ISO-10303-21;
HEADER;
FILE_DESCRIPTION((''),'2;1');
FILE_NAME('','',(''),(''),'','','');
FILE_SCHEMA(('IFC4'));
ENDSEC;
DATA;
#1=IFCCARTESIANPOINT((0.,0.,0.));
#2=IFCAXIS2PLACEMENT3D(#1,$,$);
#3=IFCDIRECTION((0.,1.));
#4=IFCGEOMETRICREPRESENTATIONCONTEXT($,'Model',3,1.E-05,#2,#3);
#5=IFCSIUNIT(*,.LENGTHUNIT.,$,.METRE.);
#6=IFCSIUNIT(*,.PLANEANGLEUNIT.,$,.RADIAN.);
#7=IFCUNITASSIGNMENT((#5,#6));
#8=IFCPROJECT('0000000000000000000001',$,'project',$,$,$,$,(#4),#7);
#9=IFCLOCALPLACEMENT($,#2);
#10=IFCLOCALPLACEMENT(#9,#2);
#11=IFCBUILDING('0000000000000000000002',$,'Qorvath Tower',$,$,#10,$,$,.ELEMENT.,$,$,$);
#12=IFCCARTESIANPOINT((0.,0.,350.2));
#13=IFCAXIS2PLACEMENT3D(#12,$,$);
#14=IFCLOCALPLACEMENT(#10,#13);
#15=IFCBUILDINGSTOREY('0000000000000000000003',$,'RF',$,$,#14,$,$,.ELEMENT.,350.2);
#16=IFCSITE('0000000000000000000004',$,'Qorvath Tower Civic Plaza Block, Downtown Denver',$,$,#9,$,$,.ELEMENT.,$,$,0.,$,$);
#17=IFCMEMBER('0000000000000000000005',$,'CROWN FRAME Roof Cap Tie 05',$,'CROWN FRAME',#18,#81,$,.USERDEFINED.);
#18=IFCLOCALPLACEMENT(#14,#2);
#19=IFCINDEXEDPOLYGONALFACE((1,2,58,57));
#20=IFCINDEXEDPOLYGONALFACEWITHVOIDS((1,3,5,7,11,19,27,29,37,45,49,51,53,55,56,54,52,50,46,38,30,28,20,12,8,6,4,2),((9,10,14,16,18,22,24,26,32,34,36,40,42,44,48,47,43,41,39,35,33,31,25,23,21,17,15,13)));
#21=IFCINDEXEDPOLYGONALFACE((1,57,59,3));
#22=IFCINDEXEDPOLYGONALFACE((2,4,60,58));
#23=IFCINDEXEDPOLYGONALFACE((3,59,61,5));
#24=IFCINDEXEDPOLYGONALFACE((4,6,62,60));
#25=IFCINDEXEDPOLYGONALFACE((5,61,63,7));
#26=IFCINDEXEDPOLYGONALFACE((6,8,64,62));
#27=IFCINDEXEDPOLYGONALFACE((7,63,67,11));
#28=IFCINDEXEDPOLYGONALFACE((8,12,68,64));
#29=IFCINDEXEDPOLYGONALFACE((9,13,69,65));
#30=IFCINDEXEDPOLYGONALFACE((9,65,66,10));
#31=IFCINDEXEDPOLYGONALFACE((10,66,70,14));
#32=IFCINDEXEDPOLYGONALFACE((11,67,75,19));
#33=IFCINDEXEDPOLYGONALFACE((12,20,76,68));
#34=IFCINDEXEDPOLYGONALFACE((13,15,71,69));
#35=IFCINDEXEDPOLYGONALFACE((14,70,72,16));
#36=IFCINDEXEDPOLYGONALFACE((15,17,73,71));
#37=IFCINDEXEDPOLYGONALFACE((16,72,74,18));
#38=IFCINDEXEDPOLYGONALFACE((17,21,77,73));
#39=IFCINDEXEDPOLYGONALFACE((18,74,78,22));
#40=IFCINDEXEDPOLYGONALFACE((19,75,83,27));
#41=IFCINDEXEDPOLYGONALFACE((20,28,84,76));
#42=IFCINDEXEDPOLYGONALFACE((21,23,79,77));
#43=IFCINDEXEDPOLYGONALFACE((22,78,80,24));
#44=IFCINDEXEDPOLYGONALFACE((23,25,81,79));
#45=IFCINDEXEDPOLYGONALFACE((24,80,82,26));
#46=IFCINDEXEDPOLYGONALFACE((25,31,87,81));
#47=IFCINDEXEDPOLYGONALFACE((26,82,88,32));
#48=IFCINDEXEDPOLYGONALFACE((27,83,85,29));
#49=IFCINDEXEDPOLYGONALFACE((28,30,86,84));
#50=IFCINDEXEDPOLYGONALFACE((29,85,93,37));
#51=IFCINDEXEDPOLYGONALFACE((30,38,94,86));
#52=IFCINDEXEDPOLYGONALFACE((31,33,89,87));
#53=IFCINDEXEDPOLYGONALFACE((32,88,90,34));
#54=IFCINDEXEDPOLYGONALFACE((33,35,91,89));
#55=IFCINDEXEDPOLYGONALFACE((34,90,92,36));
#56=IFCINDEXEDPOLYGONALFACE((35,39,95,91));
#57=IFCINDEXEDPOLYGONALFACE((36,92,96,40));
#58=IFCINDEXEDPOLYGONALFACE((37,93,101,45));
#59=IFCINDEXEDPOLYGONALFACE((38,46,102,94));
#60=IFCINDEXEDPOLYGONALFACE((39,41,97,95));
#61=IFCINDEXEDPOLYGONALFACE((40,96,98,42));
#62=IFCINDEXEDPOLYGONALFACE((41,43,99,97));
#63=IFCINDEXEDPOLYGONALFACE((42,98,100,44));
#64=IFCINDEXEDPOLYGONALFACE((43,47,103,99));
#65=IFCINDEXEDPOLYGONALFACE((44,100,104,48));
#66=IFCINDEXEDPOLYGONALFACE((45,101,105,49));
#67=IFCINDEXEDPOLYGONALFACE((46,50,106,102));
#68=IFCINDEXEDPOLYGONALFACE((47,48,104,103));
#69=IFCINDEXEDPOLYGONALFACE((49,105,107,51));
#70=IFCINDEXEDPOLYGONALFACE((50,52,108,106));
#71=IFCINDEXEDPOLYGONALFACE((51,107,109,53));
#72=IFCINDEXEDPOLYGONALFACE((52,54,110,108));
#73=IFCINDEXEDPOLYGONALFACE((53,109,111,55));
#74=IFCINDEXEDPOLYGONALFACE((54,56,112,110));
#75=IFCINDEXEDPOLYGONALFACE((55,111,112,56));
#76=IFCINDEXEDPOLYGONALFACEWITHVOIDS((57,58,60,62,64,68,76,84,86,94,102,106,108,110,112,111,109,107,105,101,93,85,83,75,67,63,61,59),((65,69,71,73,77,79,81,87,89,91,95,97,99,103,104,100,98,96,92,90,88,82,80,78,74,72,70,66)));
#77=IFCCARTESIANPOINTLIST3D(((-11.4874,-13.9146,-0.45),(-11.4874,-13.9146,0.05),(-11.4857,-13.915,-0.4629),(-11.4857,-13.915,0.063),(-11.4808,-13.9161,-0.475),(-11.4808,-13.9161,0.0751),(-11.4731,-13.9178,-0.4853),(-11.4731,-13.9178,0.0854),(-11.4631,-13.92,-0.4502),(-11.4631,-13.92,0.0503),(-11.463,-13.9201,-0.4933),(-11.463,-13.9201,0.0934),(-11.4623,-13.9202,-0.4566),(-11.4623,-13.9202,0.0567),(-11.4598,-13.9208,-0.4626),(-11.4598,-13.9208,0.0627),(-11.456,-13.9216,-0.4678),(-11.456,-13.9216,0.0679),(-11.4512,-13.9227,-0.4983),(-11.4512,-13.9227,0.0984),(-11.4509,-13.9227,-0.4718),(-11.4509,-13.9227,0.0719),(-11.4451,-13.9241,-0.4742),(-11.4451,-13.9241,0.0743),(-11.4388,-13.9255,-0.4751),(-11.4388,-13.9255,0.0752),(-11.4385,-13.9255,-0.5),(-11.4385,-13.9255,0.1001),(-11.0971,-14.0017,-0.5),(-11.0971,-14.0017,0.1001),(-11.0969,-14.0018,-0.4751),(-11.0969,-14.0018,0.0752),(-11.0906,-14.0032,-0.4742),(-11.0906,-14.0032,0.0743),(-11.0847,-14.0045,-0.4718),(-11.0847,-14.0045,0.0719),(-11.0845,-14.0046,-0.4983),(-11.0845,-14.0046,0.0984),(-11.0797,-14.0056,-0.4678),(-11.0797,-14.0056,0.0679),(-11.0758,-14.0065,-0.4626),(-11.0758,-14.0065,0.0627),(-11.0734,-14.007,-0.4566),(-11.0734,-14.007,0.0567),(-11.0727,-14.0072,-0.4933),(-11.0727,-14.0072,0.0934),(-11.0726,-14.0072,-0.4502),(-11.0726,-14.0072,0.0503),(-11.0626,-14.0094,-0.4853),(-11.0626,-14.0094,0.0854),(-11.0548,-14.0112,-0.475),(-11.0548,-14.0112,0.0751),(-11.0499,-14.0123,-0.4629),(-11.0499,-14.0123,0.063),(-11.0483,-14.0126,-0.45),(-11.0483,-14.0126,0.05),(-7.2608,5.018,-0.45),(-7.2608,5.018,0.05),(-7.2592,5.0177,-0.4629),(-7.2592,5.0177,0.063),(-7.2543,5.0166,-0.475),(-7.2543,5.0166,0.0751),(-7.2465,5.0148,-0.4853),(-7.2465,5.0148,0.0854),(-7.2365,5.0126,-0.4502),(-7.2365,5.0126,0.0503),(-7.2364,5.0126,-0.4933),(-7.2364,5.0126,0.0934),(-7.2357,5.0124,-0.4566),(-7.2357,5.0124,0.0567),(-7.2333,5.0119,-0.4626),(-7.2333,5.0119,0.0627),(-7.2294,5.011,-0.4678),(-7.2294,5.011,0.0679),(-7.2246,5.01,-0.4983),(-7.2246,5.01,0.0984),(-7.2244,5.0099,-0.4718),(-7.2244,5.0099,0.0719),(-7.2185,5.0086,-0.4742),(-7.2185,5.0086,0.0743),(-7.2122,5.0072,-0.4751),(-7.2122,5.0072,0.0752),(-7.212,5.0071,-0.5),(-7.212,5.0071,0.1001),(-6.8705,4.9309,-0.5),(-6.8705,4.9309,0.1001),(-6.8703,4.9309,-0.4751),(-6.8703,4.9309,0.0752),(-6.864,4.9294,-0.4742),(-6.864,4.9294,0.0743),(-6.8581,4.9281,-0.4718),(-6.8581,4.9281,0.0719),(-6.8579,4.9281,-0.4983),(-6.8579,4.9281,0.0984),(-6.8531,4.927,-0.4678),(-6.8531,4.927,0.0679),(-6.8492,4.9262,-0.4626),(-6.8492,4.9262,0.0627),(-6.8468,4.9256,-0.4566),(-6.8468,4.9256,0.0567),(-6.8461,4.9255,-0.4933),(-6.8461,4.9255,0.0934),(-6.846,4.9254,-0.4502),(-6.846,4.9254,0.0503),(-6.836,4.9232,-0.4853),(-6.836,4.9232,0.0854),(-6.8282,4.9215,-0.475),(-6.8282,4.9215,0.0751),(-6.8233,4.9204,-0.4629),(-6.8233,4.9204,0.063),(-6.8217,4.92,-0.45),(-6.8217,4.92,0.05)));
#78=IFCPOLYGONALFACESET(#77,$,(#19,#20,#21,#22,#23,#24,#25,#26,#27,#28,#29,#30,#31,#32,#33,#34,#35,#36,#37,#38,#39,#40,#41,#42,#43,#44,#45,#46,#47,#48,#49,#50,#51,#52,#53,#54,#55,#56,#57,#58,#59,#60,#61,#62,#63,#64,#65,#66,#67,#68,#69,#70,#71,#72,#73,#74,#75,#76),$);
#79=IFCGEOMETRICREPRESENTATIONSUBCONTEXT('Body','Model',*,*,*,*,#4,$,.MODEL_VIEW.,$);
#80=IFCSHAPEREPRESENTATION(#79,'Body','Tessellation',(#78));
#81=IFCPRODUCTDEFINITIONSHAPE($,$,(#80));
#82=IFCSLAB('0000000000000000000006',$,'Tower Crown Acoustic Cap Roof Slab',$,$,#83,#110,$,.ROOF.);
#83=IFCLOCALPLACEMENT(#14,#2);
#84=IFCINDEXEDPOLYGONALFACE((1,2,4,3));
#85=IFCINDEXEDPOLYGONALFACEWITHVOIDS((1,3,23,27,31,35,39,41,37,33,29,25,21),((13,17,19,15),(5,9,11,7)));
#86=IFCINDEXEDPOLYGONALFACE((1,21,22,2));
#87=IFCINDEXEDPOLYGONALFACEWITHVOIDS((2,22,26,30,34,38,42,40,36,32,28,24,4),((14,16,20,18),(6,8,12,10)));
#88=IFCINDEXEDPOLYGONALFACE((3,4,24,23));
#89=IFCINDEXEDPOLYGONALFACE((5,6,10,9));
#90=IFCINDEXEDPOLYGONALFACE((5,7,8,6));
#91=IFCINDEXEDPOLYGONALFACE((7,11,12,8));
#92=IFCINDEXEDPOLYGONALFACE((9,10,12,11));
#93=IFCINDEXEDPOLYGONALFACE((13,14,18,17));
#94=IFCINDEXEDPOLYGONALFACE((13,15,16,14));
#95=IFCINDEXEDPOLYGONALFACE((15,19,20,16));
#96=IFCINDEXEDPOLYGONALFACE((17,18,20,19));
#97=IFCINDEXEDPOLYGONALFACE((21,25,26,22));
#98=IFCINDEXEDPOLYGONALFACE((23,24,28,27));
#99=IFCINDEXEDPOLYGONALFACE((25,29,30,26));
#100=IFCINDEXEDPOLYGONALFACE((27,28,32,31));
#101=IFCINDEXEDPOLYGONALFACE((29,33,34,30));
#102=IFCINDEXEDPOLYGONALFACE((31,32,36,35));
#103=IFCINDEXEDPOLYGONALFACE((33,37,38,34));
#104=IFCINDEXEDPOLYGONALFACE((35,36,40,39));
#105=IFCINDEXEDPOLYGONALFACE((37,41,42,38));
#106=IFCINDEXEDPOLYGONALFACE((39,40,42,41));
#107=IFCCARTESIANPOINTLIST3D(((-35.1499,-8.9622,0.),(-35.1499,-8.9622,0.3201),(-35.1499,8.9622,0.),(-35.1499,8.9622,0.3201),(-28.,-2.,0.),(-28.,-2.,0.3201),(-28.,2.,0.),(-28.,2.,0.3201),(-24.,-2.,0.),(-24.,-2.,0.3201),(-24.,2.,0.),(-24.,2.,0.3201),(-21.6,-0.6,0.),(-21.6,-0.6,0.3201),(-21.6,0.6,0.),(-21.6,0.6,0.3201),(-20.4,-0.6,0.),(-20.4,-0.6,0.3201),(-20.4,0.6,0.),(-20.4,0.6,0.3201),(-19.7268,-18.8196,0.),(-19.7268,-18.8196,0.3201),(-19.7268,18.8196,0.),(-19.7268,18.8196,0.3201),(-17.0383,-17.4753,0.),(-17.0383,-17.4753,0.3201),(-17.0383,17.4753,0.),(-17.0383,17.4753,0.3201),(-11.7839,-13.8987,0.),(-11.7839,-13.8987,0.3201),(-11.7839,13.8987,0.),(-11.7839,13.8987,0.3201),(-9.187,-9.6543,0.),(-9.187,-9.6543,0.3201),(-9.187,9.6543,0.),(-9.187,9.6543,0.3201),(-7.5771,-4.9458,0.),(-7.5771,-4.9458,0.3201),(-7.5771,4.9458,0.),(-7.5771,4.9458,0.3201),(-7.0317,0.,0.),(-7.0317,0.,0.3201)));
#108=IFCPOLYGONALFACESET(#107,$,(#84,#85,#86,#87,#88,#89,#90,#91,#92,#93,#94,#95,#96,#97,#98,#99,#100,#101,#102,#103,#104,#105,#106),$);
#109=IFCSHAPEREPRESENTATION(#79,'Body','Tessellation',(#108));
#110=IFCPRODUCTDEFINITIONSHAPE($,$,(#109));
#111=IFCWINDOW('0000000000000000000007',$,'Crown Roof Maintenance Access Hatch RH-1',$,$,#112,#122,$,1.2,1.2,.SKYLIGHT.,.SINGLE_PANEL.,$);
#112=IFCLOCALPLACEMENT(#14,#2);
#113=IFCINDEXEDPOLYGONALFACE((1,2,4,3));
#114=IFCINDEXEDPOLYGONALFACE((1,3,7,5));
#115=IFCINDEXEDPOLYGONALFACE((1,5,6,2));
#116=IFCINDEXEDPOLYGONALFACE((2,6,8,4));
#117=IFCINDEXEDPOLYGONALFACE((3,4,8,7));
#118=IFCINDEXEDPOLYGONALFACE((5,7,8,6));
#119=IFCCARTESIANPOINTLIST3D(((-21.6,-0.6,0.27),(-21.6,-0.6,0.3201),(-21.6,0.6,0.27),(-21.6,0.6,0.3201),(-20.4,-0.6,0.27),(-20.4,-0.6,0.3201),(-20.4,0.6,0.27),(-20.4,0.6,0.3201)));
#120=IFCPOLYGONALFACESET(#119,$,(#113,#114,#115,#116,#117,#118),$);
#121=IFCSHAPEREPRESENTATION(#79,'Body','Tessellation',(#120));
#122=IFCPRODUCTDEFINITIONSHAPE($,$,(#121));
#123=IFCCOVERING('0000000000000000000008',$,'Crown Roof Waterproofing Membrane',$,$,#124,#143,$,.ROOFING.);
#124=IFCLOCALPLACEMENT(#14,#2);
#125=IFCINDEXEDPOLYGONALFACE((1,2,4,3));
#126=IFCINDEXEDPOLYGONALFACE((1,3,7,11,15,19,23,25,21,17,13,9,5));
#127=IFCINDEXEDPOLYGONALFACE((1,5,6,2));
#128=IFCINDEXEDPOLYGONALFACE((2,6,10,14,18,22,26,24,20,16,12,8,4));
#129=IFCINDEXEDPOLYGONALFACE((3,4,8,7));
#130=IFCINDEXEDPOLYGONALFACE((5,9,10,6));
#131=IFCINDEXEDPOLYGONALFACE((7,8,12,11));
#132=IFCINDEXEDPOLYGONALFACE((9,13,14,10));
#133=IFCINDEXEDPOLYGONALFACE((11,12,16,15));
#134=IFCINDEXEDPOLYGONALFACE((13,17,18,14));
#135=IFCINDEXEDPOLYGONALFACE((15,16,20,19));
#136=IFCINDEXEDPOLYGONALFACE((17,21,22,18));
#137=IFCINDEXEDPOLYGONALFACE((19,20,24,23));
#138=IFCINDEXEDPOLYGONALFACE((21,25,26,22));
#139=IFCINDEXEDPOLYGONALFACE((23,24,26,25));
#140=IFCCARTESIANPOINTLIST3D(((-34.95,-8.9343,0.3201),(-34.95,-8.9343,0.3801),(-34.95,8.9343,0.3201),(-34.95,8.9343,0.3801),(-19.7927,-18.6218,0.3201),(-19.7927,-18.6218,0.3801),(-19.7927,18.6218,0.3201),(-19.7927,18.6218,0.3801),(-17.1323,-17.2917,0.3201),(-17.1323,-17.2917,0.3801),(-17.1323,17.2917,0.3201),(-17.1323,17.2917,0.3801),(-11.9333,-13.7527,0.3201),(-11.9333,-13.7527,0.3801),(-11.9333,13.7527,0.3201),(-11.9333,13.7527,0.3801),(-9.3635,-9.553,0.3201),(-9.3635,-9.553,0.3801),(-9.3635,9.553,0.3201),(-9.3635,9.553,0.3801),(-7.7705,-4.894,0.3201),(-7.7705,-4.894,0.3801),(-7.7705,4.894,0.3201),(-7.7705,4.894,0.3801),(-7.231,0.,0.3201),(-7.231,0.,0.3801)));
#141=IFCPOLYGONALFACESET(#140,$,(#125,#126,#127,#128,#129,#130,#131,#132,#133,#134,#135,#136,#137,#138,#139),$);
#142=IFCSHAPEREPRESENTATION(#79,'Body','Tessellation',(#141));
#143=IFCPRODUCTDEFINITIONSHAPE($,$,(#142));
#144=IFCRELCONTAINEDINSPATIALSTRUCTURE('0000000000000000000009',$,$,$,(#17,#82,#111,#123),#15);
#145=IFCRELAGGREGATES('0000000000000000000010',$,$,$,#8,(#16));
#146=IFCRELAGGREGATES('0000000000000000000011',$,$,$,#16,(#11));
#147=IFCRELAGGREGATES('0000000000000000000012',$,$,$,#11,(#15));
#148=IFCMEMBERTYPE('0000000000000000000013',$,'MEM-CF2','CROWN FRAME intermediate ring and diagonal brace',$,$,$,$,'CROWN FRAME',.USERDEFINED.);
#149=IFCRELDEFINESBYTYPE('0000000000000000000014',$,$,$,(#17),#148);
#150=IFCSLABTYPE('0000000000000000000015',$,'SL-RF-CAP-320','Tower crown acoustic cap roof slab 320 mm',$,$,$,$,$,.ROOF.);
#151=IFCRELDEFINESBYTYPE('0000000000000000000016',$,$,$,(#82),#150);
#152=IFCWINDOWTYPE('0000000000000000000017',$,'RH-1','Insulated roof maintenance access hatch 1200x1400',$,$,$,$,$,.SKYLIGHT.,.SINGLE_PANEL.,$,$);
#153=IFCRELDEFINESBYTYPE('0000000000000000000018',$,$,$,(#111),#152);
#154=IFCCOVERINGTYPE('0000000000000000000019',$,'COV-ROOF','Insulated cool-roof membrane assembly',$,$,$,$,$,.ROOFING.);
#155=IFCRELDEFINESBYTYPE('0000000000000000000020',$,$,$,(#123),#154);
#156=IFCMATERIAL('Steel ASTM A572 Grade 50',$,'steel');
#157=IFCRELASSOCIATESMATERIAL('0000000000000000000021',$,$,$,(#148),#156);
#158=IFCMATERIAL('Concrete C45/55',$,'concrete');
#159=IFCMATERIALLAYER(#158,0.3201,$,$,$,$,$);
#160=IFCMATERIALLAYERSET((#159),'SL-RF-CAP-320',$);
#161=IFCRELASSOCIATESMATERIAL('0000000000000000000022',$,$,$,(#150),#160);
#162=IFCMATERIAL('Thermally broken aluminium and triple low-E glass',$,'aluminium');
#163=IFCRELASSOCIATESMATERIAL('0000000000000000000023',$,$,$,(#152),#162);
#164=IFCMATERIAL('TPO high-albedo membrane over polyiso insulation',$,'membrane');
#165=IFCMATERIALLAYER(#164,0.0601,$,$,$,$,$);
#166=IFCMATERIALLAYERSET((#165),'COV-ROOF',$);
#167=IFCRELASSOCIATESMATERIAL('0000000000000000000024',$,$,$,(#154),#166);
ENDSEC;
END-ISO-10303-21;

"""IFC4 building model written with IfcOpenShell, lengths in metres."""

from ifc_helpers import new_model, si_unit, direction, frame, origin, origin_2d, place, context, subcontext, project, spatial, polyline, rectangle, hollow_rectangle, outline, extrude, material, layer, layer_set, material_profile, profile_set, type_object, element, fill, save


model = new_model("IFC4")

# Units and contexts
model_context = context("Model", 3, precision=1e-05, world=origin(), true_north=direction((0.0, 1.0)))
body_context = subcontext(model_context, "Body", "Model", "MODEL_VIEW")
ifc_project = project(units=[si_unit("LENGTHUNIT", "METRE"), si_unit("PLANEANGLEUNIT", "RADIAN")], contexts=[model_context])

# Site, building, storey
site_placement = place(None, origin())
site = spatial("IfcSite", under=ifc_project, at=site_placement, Name="Qorvath Tower Civic Plaza Block, Downtown Denver", CompositionType="ELEMENT", RefElevation=0.0)
building_placement = place(site_placement, origin())
building = spatial("IfcBuilding", under=site, at=building_placement, Name="Qorvath Tower", CompositionType="ELEMENT")
storey_placement = place(building_placement, frame((0.0, 0.0, 350.2)))
storey = spatial("IfcBuildingStorey", under=building, at=storey_placement, Name="RF", CompositionType="ELEMENT", Elevation=350.2)

# Member
ifc_material_1 = material(Name="Steel ASTM A572 Grade 50", Category="steel")
ifc_material_profile_1 = material_profile(ifc_material_1, hollow_rectangle(XDim=0.45, YDim=0.6001, WallThickness=0.0249, InnerFilletRadius=0.0249, OuterFilletRadius=0.05, at=origin_2d()), Name="CROWN BOX 600x450x25")
ifc_profile_set_1 = profile_set([ifc_material_profile_1], Name="Steel ASTM A572 Grade 50")
member_type_1 = type_object("IfcMemberType", Name="MEM-CF2", Description="CROWN FRAME intermediate ring and diagonal brace", ElementType="CROWN FRAME", PredefinedType="USERDEFINED", material=ifc_profile_set_1)
member_1_placement = place(storey_placement, frame((-11.2678, -13.9636, -0.2), z_axis=(0.217879, 0.975976, 0.0), x_axis=(-0.975976, 0.217879, 0.0)))
element("IfcMember", 1, at=member_1_placement, inside=storey, type_object=member_type_1, Name="CROWN FRAME Roof Cap Tie 05", ObjectType="CROWN FRAME", PredefinedType="USERDEFINED", context=body_context, shape_type="SweptSolid", body=[
    extrude(hollow_rectangle(XDim=0.45, YDim=0.6001, WallThickness=0.0249, InnerFilletRadius=0.0249, OuterFilletRadius=0.05, at=origin_2d()), origin(), (0.0, 0.0, 1.0), 19.3987),
])

# Slab, opening, window
ifc_material_2 = material(Name="Concrete C45/55", Category="concrete")
ifc_layer_1 = layer(ifc_material_2, 0.3201)
ifc_layer_set_1 = layer_set([ifc_layer_1], Name="SL-RF-CAP-320")
slab_type = type_object("IfcSlabType", Name="SL-RF-CAP-320", Description="Tower crown acoustic cap roof slab 320 mm", PredefinedType="ROOF", material=ifc_layer_set_1)
slab_placement = place(storey_placement, origin())
slab = element("IfcSlab", 2, at=slab_placement, inside=storey, type_object=slab_type, Name="Tower Crown Acoustic Cap Roof Slab", PredefinedType="ROOF", context=body_context, shape_type="SweptSolid", body=[
    extrude(outline(polyline([(-35.1499, 8.9622), (-35.1499, -8.9622), (-19.7268, -18.8196), (-17.0383, -17.4753), (-11.7839, -13.8987), (-9.187, -9.6543), (-7.5771, -4.9458), (-7.0317, 0.0), (-7.5771, 4.9458), (-9.187, 9.6543), (-11.7839, 13.8987), (-17.0383, 17.4753), (-19.7268, 18.8196), (-35.1499, 8.9622)]), holes=[polyline([(-28.0, 2.0), (-24.0, 2.0), (-24.0, -2.0), (-28.0, -2.0), (-28.0, 2.0)])]), origin(), (0.0, 0.0, 1.0), 0.3201),
])
opening_placement = place(slab_placement, frame((-21.0, 0.0, 0.0)))
opening = element("IfcOpeningElement", 3, at=opening_placement, cuts=slab, PredefinedType="OPENING", context=body_context, shape_type="SweptSolid", body=[
    extrude(rectangle(XDim=1.2, YDim=1.2, at=origin_2d()), origin(), (0.0, 0.0, 1.0), 0.3201),
])
ifc_material_3 = material(Name="Thermally broken aluminium and triple low-E glass", Category="aluminium")
window_type = type_object("IfcWindowType", Name="RH-1", Description="Insulated roof maintenance access hatch 1200x1400", PartitioningType="SINGLE_PANEL", PredefinedType="SKYLIGHT", material=ifc_material_3)
window_placement = place(opening_placement, frame((0.0, 0.0, 0.27)))
window = element("IfcWindow", 4, at=window_placement, inside=storey, type_object=window_type, Name="Crown Roof Maintenance Access Hatch RH-1", OverallHeight=1.2, OverallWidth=1.2, PartitioningType="SINGLE_PANEL", PredefinedType="SKYLIGHT", context=body_context, shape_type="SweptSolid", body=[
    extrude(rectangle(XDim=1.2, YDim=1.2, at=origin_2d()), origin(), (0.0, 0.0, 1.0), 0.05),
])
fill(opening, window)

# Covering
ifc_material_4 = material(Name="TPO high-albedo membrane over polyiso insulation", Category="membrane")
ifc_layer_2 = layer(ifc_material_4, 0.0601)
ifc_layer_set_2 = layer_set([ifc_layer_2], Name="COV-ROOF")
covering_type = type_object("IfcCoveringType", Name="COV-ROOF", Description="Insulated cool-roof membrane assembly", PredefinedType="ROOFING", material=ifc_layer_set_2)
covering_placement = place(storey_placement, frame((0.0, 0.0, 0.3201)))
element("IfcCovering", 5, at=covering_placement, inside=storey, type_object=covering_type, Name="Crown Roof Waterproofing Membrane", PredefinedType="ROOFING", context=body_context, shape_type="SweptSolid", body=[
    extrude(outline(polyline([(-34.95, 8.9343), (-34.95, -8.9343), (-19.7927, -18.6218), (-17.1323, -17.2917), (-11.9333, -13.7527), (-9.3635, -9.553), (-7.7705, -4.894), (-7.231, 0.0), (-7.7705, 4.894), (-9.3635, 9.553), (-11.9333, 13.7527), (-17.1323, 17.2917), (-19.7927, 18.6218), (-34.95, 8.9343)])), origin(), (0.0, 0.0, 1.0), 0.0601),
])

save(model, "model.ifc")
